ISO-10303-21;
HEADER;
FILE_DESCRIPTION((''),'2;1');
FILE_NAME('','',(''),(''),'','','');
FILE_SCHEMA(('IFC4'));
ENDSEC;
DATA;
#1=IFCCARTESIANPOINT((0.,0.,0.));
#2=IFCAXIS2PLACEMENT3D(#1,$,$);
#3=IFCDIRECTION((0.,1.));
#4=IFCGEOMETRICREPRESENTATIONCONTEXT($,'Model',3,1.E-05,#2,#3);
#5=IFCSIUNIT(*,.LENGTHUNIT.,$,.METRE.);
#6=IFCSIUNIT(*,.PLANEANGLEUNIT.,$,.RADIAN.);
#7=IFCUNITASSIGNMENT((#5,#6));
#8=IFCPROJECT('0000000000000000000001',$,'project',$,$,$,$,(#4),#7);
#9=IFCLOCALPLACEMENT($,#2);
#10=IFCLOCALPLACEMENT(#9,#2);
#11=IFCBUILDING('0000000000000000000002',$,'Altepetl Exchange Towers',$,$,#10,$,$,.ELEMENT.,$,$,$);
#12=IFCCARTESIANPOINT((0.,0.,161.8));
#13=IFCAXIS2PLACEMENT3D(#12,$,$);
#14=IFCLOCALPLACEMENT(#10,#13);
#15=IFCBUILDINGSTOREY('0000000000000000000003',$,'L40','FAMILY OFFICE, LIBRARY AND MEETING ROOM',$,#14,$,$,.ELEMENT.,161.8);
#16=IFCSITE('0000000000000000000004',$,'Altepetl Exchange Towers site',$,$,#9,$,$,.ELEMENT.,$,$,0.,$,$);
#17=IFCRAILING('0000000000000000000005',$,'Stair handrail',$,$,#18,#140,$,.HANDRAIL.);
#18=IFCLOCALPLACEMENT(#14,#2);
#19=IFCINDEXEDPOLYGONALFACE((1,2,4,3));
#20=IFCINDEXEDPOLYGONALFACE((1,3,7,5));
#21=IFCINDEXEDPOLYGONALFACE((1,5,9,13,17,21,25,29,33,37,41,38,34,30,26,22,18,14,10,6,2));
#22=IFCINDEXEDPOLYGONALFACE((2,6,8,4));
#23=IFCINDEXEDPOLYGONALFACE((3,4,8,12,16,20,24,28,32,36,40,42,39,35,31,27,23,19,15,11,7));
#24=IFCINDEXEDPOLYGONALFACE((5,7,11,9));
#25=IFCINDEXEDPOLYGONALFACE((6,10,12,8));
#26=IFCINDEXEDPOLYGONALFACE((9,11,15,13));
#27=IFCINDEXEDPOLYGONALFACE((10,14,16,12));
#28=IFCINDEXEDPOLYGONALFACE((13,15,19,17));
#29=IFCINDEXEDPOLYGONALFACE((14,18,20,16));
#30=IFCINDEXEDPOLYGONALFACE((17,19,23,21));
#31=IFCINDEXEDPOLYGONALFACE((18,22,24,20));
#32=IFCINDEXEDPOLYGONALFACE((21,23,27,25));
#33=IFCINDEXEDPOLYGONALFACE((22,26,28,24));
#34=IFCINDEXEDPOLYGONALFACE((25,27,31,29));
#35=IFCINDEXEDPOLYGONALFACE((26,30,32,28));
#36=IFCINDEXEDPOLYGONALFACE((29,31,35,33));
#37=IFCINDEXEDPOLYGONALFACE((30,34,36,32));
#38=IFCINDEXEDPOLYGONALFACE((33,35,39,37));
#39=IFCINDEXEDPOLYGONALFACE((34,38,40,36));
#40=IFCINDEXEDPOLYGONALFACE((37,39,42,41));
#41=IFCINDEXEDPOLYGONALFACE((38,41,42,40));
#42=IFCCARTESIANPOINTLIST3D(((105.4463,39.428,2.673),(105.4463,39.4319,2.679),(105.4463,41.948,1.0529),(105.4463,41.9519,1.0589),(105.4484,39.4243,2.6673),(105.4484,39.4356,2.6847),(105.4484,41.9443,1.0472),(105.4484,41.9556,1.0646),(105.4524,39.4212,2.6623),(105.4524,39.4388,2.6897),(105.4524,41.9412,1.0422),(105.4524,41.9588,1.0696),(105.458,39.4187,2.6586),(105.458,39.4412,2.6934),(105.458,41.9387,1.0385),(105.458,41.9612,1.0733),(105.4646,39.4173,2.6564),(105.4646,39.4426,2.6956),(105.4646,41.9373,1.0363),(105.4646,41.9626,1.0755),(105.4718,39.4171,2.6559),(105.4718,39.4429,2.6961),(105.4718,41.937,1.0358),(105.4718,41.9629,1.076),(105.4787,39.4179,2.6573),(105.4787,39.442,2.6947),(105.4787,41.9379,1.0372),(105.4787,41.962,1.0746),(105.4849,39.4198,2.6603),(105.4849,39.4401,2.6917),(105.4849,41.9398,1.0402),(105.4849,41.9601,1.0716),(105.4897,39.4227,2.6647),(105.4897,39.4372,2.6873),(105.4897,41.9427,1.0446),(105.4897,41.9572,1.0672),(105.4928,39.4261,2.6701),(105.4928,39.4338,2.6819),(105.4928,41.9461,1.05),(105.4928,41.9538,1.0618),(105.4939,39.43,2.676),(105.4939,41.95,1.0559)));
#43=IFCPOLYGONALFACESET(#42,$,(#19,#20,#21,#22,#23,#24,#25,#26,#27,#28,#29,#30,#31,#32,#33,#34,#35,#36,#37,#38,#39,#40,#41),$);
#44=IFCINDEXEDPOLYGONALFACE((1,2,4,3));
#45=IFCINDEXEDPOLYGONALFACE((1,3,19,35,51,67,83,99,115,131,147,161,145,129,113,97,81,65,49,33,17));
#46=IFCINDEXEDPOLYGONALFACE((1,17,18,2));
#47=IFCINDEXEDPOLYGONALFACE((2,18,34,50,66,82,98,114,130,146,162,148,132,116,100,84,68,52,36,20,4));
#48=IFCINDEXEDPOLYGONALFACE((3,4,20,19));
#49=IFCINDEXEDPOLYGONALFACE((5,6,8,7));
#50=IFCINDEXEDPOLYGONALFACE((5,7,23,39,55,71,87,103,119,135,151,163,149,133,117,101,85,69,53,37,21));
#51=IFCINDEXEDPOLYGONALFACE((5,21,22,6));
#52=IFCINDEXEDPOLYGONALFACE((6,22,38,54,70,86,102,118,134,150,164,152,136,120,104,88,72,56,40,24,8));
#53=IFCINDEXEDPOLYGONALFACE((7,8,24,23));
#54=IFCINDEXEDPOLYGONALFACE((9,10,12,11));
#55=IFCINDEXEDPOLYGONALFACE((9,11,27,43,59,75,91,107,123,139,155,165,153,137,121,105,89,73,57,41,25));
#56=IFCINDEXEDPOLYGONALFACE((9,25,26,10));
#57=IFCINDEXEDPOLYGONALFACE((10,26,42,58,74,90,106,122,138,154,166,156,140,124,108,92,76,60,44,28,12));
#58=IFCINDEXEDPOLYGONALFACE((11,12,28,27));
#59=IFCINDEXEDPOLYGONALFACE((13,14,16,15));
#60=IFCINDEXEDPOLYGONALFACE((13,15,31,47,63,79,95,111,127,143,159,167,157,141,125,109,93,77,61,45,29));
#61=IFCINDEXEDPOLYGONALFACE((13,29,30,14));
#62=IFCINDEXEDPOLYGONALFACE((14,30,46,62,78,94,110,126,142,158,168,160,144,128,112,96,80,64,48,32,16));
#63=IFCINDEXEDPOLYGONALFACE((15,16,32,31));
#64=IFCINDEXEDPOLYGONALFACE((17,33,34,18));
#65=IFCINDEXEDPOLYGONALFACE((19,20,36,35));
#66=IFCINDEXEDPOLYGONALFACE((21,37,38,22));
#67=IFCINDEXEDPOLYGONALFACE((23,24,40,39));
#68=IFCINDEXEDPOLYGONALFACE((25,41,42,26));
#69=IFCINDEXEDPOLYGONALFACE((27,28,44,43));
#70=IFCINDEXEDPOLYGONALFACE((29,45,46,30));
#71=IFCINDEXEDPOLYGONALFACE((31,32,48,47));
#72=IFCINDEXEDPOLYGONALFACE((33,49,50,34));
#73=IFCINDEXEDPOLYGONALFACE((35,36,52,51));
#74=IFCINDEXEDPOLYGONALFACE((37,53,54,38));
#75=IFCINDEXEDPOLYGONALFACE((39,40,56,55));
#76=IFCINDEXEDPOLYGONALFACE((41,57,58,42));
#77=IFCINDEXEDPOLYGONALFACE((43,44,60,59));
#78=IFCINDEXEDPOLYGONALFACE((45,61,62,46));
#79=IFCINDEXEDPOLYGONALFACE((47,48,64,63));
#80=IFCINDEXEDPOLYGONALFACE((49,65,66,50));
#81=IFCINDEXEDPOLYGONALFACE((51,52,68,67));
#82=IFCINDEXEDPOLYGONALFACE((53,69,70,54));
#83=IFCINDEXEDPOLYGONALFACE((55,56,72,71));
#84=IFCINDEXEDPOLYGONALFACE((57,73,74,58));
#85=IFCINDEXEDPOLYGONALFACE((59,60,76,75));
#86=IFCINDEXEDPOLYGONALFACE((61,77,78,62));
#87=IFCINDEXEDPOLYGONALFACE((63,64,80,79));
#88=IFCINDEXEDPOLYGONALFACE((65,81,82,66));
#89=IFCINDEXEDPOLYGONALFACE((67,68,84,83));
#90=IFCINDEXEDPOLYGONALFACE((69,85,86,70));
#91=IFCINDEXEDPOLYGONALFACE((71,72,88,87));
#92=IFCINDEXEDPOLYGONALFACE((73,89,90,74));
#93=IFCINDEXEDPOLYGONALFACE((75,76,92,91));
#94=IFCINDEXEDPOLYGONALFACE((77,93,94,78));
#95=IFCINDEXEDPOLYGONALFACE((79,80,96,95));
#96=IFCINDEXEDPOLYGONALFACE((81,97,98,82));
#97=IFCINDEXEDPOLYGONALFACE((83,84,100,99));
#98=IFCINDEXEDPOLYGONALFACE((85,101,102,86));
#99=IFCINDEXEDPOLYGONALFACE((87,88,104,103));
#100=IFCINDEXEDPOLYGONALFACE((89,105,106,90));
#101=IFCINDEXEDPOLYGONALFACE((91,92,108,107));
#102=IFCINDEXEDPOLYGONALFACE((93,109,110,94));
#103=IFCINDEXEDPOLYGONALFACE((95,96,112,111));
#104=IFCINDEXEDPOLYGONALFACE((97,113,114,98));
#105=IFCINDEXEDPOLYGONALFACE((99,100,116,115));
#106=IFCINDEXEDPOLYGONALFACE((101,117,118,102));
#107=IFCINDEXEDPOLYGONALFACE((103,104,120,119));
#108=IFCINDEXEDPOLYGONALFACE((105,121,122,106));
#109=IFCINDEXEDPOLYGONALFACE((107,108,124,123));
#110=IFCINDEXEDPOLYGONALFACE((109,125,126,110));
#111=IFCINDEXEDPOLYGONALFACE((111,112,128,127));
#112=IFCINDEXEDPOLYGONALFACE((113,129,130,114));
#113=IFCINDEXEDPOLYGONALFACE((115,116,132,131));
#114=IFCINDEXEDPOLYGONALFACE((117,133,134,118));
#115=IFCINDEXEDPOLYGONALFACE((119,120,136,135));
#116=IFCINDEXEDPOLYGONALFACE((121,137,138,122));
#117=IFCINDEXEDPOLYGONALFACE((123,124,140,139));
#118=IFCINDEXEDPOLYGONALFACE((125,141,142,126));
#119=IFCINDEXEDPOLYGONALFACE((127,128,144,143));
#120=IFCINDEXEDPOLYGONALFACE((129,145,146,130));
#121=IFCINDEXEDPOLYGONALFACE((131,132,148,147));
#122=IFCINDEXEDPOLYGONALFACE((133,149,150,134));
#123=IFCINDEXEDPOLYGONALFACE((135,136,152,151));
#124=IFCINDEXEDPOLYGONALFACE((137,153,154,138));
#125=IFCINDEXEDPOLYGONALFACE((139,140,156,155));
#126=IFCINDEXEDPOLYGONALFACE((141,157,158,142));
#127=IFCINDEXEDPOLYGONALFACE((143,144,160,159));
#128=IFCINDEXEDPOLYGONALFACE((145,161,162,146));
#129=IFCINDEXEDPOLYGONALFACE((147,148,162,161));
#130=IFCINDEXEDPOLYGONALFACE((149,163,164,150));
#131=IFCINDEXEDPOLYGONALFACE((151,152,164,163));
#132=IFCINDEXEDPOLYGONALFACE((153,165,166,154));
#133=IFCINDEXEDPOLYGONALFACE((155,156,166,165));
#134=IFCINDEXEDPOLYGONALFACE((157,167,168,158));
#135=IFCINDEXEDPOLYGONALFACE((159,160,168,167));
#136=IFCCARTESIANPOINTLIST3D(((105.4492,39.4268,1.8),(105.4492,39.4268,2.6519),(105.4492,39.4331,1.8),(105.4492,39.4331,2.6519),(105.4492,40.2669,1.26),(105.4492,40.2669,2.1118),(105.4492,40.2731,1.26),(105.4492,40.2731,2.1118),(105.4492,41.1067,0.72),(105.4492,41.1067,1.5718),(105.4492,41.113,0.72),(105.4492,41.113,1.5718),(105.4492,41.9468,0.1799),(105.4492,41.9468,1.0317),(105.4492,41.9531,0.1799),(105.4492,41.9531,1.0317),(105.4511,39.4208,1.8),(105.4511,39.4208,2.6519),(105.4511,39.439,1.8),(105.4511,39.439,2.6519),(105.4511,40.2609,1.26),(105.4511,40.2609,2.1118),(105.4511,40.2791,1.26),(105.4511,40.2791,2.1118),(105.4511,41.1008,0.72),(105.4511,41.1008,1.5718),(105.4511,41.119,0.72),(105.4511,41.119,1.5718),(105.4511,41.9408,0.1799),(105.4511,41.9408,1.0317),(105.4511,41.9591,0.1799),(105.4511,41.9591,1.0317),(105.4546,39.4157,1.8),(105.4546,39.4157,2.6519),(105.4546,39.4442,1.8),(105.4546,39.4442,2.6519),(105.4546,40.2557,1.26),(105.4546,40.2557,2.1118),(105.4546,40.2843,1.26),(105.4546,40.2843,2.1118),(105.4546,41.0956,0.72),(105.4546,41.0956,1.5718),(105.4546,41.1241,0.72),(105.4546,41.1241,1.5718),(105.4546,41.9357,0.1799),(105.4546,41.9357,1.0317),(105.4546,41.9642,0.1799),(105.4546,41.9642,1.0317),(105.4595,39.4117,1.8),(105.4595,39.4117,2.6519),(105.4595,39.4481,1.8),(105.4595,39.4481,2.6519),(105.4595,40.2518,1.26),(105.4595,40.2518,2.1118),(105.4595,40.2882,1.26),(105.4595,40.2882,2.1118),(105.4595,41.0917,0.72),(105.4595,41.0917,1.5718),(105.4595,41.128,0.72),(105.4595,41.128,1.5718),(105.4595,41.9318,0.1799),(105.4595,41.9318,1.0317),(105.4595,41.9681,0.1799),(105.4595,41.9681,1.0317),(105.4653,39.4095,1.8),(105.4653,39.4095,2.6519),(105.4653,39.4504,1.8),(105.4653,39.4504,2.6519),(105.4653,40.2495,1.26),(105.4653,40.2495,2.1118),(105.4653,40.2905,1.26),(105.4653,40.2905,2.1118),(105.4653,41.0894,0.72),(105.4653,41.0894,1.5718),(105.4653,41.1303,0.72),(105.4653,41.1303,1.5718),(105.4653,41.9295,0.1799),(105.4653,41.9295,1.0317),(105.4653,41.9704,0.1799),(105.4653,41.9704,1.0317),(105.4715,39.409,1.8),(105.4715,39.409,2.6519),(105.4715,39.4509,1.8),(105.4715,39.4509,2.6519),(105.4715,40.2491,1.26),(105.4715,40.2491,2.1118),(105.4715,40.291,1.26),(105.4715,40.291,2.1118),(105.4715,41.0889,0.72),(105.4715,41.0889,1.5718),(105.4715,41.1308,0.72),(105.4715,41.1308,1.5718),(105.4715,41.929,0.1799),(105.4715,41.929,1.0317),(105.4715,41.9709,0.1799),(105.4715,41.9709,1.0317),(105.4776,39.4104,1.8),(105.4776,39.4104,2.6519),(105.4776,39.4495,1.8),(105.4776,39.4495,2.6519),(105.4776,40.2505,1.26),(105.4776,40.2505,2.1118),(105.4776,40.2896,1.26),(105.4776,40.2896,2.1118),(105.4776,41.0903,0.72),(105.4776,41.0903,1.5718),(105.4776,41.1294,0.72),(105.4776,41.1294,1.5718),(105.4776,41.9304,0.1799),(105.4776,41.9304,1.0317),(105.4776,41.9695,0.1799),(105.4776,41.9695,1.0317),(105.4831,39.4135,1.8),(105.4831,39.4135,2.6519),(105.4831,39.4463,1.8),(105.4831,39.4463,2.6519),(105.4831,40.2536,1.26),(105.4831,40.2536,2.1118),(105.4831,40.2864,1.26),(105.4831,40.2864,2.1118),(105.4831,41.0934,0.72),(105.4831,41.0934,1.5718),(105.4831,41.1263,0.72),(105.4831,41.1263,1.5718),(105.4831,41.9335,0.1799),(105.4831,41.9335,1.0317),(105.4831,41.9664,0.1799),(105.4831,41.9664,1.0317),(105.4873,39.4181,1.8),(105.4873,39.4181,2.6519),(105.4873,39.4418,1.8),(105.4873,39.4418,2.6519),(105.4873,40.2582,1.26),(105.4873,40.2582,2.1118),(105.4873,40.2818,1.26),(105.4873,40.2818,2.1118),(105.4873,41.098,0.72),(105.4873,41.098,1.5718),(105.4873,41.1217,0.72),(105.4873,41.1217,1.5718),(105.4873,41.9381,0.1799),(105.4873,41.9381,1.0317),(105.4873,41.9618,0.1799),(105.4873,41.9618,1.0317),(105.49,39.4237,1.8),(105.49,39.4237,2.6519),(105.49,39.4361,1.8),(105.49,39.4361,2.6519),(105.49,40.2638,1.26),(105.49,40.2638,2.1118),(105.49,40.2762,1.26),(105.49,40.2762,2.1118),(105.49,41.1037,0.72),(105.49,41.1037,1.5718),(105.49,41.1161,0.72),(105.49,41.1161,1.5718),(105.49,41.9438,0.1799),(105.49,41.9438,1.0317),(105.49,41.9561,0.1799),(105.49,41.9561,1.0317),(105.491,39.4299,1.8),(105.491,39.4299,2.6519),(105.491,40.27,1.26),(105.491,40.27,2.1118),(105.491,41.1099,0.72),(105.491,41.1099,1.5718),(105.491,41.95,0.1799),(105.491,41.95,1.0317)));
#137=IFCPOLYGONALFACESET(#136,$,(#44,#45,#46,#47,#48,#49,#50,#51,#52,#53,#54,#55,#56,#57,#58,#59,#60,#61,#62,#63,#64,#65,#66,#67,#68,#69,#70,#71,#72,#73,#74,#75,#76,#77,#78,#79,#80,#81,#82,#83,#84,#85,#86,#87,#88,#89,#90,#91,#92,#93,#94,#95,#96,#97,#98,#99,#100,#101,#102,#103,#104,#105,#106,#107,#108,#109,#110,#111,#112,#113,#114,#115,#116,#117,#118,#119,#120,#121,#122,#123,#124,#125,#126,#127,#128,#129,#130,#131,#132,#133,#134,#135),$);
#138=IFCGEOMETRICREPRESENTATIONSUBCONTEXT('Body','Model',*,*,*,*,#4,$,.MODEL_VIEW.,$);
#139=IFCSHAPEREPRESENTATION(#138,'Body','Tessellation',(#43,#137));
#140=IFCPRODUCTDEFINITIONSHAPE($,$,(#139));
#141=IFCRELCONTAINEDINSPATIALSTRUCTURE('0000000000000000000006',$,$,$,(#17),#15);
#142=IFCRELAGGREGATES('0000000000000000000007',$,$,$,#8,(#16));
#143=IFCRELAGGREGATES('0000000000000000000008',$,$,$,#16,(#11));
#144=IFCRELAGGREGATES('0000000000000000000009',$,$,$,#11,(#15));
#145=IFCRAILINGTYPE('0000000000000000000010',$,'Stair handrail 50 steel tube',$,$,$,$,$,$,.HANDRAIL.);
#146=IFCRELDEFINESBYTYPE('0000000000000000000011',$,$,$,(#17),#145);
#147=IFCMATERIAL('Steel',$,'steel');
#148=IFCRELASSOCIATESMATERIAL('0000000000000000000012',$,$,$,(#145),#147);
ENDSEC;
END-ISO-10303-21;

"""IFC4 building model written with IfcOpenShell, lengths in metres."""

from ifc_helpers import new_model, si_unit, direction, frame, origin, origin_2d, place, context, subcontext, project, spatial, circle, extrude, source, transform, mapped, material, type_object, element, save


model = new_model("IFC4")

# Units and contexts
model_context = context("Model", 3, precision=1e-05, world=origin(), true_north=direction((0.0, 1.0)))
body_context = subcontext(model_context, "Body", "Model", "MODEL_VIEW")
ifc_project = project(units=[si_unit("LENGTHUNIT", "METRE"), si_unit("PLANEANGLEUNIT", "RADIAN")], contexts=[model_context])

# Site, building, storey
site_placement = place(None, origin())
site = spatial("IfcSite", under=ifc_project, at=site_placement, Name="Altepetl Exchange Towers site", CompositionType="ELEMENT", RefElevation=0.0)
building_placement = place(site_placement, origin())
building = spatial("IfcBuilding", under=site, at=building_placement, Name="Altepetl Exchange Towers", CompositionType="ELEMENT")
storey_placement = place(building_placement, frame((0.0, 0.0, 161.8)))
storey = spatial("IfcBuildingStorey", under=building, at=storey_placement, Name="L40", Description="FAMILY OFFICE, LIBRARY AND MEETING ROOM", CompositionType="ELEMENT", Elevation=161.8)

# Railing
ifc_material_1 = material(Name="Steel", Category="steel")
railing_type = type_object("IfcRailingType", Name="Stair handrail 50 steel tube", PredefinedType="HANDRAIL", material=ifc_material_1)
shared_shape = source(origin(), body_context, "Body", "SweptSolid", [
    extrude(circle(Radius=0.021, at=origin_2d()), origin(), (0.0, 0.0, 1.0), 0.8518),
])
railing_1_placement = place(storey_placement, frame((105.47, 41.95, 0.1799)))
element("IfcRailing", 1, at=railing_1_placement, inside=storey, type_object=railing_type, Name="Stair handrail", PredefinedType="HANDRAIL", context=body_context, shape_type="SweptSolid", body=[
    extrude(circle(Radius=0.0239, at=origin_2d()), frame((0.0, 0.0, 0.876), z_axis=(0.0, -0.841163, 0.540782), x_axis=(1.0, 0.0, 0.0)), (0.0, 0.0, 1.0), 2.9958),
    mapped(shared_shape, transform((0.0, 0.0, 0.0))),
    mapped(shared_shape, transform((0.0, -0.8401, 0.54))),
    mapped(shared_shape, transform((0.0, -1.6799, 1.0801))),
    mapped(shared_shape, transform((0.0, -2.52, 1.6201))),
])

save(model, "model.ifc")
